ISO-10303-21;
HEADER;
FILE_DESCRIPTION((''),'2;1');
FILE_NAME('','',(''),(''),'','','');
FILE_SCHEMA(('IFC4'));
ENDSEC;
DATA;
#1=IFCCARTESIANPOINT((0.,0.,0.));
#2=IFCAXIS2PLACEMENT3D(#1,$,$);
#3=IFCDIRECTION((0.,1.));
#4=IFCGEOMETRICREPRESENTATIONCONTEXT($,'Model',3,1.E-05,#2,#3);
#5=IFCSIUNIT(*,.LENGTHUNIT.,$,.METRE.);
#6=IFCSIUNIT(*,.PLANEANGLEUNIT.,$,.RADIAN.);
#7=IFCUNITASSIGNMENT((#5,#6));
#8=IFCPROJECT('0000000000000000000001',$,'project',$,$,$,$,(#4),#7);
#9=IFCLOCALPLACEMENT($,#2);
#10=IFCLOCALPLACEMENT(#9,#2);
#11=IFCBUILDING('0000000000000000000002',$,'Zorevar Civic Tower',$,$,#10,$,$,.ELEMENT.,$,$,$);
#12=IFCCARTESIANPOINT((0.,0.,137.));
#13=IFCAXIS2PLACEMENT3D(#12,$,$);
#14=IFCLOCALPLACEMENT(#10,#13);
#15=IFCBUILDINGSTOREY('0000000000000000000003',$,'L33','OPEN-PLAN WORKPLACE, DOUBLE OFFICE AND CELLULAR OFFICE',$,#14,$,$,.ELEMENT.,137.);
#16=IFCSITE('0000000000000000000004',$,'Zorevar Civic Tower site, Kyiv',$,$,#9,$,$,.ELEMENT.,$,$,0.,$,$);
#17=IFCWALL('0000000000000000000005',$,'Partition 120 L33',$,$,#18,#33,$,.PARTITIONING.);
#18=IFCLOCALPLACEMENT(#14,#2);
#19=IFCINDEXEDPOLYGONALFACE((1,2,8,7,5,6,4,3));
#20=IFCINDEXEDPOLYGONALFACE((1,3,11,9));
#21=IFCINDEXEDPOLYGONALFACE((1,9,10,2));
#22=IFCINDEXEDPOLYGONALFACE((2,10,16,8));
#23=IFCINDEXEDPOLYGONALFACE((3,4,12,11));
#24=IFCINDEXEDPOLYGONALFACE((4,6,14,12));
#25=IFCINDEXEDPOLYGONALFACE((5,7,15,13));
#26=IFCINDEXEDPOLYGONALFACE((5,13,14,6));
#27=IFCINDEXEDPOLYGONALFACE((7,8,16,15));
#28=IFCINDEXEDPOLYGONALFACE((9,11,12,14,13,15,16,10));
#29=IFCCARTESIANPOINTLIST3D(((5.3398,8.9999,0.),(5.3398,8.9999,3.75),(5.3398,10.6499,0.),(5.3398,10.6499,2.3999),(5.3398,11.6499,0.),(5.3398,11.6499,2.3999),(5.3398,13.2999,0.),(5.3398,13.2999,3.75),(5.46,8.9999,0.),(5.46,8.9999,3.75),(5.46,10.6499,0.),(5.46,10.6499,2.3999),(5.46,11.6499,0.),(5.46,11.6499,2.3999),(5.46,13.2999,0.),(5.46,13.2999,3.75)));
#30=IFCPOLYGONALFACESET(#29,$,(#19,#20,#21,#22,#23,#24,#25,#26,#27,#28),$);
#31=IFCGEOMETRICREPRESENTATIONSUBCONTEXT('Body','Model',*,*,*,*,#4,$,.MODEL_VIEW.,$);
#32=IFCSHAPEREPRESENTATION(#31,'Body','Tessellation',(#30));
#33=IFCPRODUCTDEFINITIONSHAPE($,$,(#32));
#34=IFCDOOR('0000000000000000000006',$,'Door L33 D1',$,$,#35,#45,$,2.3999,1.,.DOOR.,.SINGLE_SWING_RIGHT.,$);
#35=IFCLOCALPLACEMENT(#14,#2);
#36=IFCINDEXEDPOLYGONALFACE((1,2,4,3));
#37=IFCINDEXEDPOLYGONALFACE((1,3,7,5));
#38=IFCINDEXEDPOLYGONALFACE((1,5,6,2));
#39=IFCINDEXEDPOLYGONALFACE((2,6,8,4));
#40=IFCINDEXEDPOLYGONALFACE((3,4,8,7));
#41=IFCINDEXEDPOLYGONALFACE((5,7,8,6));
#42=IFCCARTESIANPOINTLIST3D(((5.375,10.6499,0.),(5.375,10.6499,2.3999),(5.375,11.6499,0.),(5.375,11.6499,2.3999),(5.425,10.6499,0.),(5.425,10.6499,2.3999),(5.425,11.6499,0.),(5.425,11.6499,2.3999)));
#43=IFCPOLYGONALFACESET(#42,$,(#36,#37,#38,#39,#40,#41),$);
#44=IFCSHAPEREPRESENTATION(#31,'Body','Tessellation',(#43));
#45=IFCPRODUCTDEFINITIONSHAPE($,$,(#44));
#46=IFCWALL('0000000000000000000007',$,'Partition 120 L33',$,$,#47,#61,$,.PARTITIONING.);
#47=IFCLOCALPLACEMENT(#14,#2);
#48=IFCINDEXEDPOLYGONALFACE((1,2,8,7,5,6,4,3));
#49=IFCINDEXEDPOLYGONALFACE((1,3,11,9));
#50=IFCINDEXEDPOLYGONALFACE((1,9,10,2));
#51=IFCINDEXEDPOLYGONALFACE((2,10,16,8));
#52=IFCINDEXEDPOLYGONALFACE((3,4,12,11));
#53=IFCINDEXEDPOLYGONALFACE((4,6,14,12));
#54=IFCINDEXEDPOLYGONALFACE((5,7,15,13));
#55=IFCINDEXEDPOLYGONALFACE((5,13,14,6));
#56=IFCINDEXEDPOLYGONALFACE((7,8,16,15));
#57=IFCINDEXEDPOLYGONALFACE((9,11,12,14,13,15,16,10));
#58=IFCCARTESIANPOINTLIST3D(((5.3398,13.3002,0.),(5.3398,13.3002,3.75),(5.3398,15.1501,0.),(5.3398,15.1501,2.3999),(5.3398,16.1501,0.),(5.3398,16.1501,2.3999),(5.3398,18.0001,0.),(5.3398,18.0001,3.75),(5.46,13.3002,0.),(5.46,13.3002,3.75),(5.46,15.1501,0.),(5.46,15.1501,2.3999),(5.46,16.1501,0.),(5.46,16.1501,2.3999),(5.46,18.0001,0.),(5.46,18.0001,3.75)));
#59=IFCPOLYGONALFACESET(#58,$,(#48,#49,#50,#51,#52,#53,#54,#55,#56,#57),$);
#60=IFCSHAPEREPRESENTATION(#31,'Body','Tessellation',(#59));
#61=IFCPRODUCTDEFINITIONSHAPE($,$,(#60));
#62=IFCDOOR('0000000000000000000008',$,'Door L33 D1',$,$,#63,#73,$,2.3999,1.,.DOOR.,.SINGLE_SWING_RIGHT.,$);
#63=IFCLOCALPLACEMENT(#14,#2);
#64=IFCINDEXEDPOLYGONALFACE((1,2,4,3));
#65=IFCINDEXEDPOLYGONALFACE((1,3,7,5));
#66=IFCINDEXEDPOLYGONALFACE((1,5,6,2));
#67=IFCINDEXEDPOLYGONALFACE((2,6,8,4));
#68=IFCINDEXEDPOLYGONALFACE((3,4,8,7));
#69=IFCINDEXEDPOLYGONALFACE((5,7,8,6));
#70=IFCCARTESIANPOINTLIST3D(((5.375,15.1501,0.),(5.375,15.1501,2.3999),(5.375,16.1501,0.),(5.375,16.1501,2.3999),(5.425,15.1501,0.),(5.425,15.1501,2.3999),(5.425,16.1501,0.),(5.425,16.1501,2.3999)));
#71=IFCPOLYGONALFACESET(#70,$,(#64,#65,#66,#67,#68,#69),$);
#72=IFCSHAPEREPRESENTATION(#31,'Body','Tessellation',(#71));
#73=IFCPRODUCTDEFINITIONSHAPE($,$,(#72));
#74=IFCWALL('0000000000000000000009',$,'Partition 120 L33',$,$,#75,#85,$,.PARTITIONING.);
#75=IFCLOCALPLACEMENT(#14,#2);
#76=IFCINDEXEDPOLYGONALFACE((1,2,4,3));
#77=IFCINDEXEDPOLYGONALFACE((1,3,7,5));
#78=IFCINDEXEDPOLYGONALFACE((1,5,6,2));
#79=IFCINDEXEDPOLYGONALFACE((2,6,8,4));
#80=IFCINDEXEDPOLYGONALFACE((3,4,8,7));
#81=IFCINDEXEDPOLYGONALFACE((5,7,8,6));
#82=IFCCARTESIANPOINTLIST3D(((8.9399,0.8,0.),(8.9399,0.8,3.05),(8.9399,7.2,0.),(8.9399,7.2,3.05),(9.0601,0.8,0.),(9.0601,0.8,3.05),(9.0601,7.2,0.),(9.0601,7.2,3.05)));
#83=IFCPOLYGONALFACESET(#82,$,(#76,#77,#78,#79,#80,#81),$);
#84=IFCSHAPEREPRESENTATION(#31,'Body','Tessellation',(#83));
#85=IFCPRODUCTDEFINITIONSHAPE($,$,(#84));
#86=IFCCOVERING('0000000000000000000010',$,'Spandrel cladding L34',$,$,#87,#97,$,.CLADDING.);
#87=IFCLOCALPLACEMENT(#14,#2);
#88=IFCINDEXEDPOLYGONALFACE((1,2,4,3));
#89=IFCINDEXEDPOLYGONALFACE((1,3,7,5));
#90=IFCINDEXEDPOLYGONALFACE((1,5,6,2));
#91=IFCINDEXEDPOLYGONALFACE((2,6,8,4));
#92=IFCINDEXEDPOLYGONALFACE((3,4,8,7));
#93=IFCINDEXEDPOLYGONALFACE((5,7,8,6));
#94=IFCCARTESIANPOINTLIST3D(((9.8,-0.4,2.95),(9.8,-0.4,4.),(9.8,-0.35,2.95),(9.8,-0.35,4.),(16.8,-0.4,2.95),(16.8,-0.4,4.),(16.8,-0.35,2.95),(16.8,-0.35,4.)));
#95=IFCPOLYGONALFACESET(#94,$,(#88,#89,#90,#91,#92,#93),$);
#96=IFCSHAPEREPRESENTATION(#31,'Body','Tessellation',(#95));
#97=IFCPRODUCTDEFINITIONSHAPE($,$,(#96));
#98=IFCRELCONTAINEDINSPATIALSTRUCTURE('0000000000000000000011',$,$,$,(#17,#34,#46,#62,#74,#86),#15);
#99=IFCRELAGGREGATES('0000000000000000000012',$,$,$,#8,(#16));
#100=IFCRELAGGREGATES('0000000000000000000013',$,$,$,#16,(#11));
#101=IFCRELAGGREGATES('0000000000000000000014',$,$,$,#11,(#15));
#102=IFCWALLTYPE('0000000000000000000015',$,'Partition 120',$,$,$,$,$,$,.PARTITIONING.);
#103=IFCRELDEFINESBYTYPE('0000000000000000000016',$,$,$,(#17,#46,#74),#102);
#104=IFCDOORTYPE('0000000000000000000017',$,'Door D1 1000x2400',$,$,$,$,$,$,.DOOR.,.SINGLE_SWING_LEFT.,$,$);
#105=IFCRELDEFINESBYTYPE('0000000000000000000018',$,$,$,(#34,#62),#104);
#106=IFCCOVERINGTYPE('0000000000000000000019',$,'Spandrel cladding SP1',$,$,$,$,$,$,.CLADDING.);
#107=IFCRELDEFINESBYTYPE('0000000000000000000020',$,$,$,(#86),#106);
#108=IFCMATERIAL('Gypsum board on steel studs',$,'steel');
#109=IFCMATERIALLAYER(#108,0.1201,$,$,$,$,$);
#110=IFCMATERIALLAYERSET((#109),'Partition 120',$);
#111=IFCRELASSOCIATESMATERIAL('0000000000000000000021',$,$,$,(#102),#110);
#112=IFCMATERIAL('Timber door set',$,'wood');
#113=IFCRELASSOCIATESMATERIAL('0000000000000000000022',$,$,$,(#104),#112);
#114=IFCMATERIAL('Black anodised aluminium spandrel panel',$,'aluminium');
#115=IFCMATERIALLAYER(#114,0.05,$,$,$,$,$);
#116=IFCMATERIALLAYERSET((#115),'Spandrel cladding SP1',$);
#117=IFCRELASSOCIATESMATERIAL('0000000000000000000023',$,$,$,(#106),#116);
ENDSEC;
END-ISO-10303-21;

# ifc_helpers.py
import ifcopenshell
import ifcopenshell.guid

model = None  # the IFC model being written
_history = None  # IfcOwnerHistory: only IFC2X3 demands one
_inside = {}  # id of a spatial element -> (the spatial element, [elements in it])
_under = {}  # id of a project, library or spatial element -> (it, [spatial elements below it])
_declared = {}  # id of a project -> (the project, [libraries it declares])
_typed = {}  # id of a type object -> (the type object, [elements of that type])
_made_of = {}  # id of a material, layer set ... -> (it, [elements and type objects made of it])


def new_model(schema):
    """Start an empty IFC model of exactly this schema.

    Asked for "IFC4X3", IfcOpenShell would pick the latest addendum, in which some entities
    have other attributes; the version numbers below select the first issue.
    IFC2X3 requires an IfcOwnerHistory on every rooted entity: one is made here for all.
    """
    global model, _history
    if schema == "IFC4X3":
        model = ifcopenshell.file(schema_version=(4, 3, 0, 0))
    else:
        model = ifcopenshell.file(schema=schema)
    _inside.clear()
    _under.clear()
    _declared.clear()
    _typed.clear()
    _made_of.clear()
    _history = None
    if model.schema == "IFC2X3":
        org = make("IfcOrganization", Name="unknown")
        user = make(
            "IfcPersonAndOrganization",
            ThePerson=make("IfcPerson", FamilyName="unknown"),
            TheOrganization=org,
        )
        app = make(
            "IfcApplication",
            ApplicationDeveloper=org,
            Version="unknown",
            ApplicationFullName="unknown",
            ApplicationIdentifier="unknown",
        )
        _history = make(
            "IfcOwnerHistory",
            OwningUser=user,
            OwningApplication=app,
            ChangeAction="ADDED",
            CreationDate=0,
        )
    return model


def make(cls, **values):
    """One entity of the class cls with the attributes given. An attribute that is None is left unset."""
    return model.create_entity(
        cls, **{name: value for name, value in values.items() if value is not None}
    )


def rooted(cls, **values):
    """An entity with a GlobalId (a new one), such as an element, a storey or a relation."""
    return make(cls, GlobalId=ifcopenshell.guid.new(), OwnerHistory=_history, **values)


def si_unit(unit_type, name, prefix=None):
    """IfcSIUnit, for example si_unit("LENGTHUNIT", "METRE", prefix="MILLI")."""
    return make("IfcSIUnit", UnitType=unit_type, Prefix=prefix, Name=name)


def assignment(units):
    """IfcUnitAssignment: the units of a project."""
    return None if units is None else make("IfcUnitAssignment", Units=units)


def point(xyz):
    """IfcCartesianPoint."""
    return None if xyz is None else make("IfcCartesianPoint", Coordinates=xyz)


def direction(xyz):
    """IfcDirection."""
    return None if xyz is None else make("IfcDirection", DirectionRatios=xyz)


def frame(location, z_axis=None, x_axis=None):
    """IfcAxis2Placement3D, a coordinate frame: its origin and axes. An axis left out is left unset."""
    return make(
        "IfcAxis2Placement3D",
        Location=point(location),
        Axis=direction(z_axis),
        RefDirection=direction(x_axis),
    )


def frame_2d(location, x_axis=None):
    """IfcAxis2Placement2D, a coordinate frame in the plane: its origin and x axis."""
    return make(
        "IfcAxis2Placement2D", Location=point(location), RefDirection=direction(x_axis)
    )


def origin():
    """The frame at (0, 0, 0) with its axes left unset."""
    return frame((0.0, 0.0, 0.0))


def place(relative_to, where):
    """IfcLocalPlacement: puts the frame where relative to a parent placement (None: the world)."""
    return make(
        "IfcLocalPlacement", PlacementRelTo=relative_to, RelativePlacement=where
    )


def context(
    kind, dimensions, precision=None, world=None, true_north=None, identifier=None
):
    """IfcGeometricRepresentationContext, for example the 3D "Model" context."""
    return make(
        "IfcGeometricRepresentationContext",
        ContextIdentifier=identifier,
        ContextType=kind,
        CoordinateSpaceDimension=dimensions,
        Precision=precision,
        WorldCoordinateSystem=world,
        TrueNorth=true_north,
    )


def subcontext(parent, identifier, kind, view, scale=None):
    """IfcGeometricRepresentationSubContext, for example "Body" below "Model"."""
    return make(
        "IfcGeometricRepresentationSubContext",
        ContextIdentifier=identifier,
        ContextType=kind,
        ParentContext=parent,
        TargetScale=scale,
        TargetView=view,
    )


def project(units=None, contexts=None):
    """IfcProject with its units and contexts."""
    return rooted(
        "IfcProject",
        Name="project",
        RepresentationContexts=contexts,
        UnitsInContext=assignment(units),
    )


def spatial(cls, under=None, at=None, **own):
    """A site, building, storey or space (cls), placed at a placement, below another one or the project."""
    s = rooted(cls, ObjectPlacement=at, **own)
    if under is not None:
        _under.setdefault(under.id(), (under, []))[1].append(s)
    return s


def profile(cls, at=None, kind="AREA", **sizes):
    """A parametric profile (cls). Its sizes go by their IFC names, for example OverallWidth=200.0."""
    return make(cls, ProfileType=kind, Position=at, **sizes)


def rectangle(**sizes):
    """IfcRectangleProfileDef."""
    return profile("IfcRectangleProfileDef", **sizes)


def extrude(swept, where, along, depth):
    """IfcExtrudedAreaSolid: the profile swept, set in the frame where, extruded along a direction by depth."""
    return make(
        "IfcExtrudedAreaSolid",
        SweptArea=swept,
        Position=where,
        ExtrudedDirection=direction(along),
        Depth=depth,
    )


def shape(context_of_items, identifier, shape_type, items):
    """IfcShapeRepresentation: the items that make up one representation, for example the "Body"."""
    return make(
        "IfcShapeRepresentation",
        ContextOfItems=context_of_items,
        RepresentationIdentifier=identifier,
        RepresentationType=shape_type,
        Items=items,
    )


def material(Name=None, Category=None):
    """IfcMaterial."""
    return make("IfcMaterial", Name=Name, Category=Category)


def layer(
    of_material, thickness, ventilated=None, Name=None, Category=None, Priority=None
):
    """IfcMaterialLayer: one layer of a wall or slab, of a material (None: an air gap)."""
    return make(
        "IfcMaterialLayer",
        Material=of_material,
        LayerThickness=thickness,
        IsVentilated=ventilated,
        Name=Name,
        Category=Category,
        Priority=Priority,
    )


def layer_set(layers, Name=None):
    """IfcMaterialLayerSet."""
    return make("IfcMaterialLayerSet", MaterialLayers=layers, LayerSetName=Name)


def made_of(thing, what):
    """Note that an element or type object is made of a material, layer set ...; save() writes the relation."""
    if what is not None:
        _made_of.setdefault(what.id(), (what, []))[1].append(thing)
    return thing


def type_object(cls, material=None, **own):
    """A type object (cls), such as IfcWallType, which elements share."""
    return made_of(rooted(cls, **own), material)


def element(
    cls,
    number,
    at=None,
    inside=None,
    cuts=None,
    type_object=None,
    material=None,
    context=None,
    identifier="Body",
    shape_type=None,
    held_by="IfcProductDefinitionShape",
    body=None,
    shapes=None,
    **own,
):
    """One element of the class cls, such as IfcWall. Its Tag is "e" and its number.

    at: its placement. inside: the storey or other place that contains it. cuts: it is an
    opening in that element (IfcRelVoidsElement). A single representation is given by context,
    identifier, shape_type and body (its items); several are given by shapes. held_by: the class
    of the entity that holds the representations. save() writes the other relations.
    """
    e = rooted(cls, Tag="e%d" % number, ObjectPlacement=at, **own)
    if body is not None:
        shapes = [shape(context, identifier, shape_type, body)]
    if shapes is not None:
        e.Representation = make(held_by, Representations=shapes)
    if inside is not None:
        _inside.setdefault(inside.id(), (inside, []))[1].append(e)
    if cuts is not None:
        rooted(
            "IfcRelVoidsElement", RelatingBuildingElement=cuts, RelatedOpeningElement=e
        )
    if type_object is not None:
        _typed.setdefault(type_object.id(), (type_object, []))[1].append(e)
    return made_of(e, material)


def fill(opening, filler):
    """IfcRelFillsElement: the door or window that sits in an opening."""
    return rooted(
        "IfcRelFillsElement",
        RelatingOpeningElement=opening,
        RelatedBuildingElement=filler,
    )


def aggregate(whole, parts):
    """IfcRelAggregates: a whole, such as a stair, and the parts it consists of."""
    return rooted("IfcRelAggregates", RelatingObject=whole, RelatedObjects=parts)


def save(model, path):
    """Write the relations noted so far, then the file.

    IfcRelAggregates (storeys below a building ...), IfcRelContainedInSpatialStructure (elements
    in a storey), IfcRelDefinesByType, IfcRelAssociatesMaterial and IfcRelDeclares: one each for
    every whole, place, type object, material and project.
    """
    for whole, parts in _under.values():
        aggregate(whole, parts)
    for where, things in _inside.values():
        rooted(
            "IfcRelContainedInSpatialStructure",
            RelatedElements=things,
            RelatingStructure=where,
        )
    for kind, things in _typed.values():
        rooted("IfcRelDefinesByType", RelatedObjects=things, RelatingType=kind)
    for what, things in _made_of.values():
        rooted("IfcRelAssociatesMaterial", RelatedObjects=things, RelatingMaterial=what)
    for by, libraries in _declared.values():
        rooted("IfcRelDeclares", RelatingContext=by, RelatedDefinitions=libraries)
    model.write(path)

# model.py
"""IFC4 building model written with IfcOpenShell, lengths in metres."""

from ifc_helpers import new_model, si_unit, direction, frame, frame_2d, origin, place, context, subcontext, project, spatial, rectangle, extrude, material, layer, layer_set, type_object, element, fill, save


model = new_model("IFC4")

# Units and contexts
model_context = context("Model", 3, precision=1e-05, world=origin(), true_north=direction((0.0, 1.0)))
body_context = subcontext(model_context, "Body", "Model", "MODEL_VIEW")
ifc_project = project(units=[si_unit("LENGTHUNIT", "METRE"), si_unit("PLANEANGLEUNIT", "RADIAN")], contexts=[model_context])

# Site, building, storey
site_placement = place(None, origin())
site = spatial("IfcSite", under=ifc_project, at=site_placement, Name="Zorevar Civic Tower site, Kyiv", CompositionType="ELEMENT", RefElevation=0.0)
building_placement = place(site_placement, origin())
building = spatial("IfcBuilding", under=site, at=building_placement, Name="Zorevar Civic Tower", CompositionType="ELEMENT")
storey_placement = place(building_placement, frame((0.0, 0.0, 137.0)))
storey = spatial("IfcBuildingStorey", under=building, at=storey_placement, Name="L33", Description="OPEN-PLAN WORKPLACE, DOUBLE OFFICE AND CELLULAR OFFICE", CompositionType="ELEMENT", Elevation=137.0)

# Shared definitions
ifc_material_1 = material(Name="Gypsum board on steel studs", Category="steel")
ifc_layer_1 = layer(ifc_material_1, 0.1201)
ifc_layer_set_1 = layer_set([ifc_layer_1], Name="Partition 120")
wall_type = type_object("IfcWallType", Name="Partition 120", PredefinedType="PARTITIONING", material=ifc_layer_set_1)
ifc_material_2 = material(Name="Timber door set", Category="wood")
door_type = type_object("IfcDoorType", Name="Door D1 1000x2400", OperationType="SINGLE_SWING_LEFT", PredefinedType="DOOR", material=ifc_material_2)

# Walls, openings, doors
wall_1_placement = place(storey_placement, frame((5.3999, 9.0, 0.0), z_axis=(0.0, 0.0, 1.0), x_axis=(0.0, 1.0, 0.0)))
wall_1 = element("IfcWall", 1, at=wall_1_placement, inside=storey, type_object=wall_type, Name="Partition 120 L33", PredefinedType="PARTITIONING", context=body_context, shape_type="SweptSolid", body=[
    extrude(rectangle(XDim=4.3, YDim=0.1201, at=frame_2d((2.1499, 0.0))), origin(), (0.0, 0.0, 1.0), 3.75),
])
opening_1_placement = place(wall_1_placement, frame((1.6499, 0.0, 0.0)))
opening_1 = element("IfcOpeningElement", 2, at=opening_1_placement, cuts=wall_1, PredefinedType="OPENING", context=body_context, shape_type="SweptSolid", body=[
    extrude(rectangle(XDim=1.0, YDim=2.3999, at=frame_2d((0.5, 1.2))), frame((0.0, 0.0701, 0.0), z_axis=(0.0, -1.0, 0.0), x_axis=(1.0, 0.0, 0.0)), (0.0, 0.0, 1.0), 0.1401),
])
door_1_placement = place(opening_1_placement, origin())
door_1 = element("IfcDoor", 3, at=door_1_placement, inside=storey, type_object=door_type, Name="Door L33 D1", OperationType="SINGLE_SWING_RIGHT", OverallHeight=2.3999, OverallWidth=1.0, PredefinedType="DOOR", context=body_context, shape_type="SweptSolid", body=[
    extrude(rectangle(XDim=1.0, YDim=2.3999, at=frame_2d((0.5, 1.2))), frame((0.0, 0.0249, 0.0), z_axis=(0.0, -1.0, 0.0), x_axis=(1.0, 0.0, 0.0)), (0.0, 0.0, 1.0), 0.05),
])
fill(opening_1, door_1)
wall_2_placement = place(storey_placement, frame((5.3999, 13.3, 0.0), z_axis=(0.0, 0.0, 1.0), x_axis=(0.0, 1.0, 0.0)))
wall_2 = element("IfcWall", 4, at=wall_2_placement, inside=storey, type_object=wall_type, Name="Partition 120 L33", PredefinedType="PARTITIONING", context=body_context, shape_type="SweptSolid", body=[
    extrude(rectangle(XDim=4.7, YDim=0.1201, at=frame_2d((2.3501, 0.0))), origin(), (0.0, 0.0, 1.0), 3.75),
])
opening_2_placement = place(wall_2_placement, frame((1.8501, 0.0, 0.0)))
opening_2 = element("IfcOpeningElement", 5, at=opening_2_placement, cuts=wall_2, PredefinedType="OPENING", context=body_context, shape_type="SweptSolid", body=[
    extrude(rectangle(XDim=1.0, YDim=2.3999, at=frame_2d((0.5, 1.2))), frame((0.0, 0.0701, 0.0), z_axis=(0.0, -1.0, 0.0), x_axis=(1.0, 0.0, 0.0)), (0.0, 0.0, 1.0), 0.1401),
])
door_2_placement = place(opening_2_placement, origin())
door_2 = element("IfcDoor", 6, at=door_2_placement, inside=storey, type_object=door_type, Name="Door L33 D1", OperationType="SINGLE_SWING_RIGHT", OverallHeight=2.3999, OverallWidth=1.0, PredefinedType="DOOR", context=body_context, shape_type="SweptSolid", body=[
    extrude(rectangle(XDim=1.0, YDim=2.3999, at=frame_2d((0.5, 1.2))), frame((0.0, 0.0249, 0.0), z_axis=(0.0, -1.0, 0.0), x_axis=(1.0, 0.0, 0.0)), (0.0, 0.0, 1.0), 0.05),
])
fill(opening_2, door_2)

# Wall
wall_3_placement = place(storey_placement, frame((9.0, 0.8, 0.0), z_axis=(0.0, 0.0, 1.0), x_axis=(0.0, 1.0, 0.0)))
element("IfcWall", 7, at=wall_3_placement, inside=storey, type_object=wall_type, Name="Partition 120 L33", PredefinedType="PARTITIONING", context=body_context, shape_type="SweptSolid", body=[
    extrude(rectangle(XDim=6.3999, YDim=0.1201, at=frame_2d((3.2, 0.0))), origin(), (0.0, 0.0, 1.0), 3.05),
])

# Covering
ifc_material_3 = material(Name="Black anodised aluminium spandrel panel", Category="aluminium")
ifc_layer_2 = layer(ifc_material_3, 0.05)
ifc_layer_set_2 = layer_set([ifc_layer_2], Name="Spandrel cladding SP1")
covering_type = type_object("IfcCoveringType", Name="Spandrel cladding SP1", PredefinedType="CLADDING", material=ifc_layer_set_2)
covering_placement = place(storey_placement, frame((9.8, -0.375, 2.95), z_axis=(0.0, 0.0, 1.0), x_axis=(1.0, 0.0, 0.0)))
element("IfcCovering", 8, at=covering_placement, inside=storey, type_object=covering_type, Name="Spandrel cladding L34", PredefinedType="CLADDING", context=body_context, shape_type="SweptSolid", body=[
    extrude(rectangle(XDim=7.0, YDim=0.05, at=frame_2d((3.5, 0.0))), origin(), (0.0, 0.0, 1.0), 1.05),
])

save(model, "model.ifc")
